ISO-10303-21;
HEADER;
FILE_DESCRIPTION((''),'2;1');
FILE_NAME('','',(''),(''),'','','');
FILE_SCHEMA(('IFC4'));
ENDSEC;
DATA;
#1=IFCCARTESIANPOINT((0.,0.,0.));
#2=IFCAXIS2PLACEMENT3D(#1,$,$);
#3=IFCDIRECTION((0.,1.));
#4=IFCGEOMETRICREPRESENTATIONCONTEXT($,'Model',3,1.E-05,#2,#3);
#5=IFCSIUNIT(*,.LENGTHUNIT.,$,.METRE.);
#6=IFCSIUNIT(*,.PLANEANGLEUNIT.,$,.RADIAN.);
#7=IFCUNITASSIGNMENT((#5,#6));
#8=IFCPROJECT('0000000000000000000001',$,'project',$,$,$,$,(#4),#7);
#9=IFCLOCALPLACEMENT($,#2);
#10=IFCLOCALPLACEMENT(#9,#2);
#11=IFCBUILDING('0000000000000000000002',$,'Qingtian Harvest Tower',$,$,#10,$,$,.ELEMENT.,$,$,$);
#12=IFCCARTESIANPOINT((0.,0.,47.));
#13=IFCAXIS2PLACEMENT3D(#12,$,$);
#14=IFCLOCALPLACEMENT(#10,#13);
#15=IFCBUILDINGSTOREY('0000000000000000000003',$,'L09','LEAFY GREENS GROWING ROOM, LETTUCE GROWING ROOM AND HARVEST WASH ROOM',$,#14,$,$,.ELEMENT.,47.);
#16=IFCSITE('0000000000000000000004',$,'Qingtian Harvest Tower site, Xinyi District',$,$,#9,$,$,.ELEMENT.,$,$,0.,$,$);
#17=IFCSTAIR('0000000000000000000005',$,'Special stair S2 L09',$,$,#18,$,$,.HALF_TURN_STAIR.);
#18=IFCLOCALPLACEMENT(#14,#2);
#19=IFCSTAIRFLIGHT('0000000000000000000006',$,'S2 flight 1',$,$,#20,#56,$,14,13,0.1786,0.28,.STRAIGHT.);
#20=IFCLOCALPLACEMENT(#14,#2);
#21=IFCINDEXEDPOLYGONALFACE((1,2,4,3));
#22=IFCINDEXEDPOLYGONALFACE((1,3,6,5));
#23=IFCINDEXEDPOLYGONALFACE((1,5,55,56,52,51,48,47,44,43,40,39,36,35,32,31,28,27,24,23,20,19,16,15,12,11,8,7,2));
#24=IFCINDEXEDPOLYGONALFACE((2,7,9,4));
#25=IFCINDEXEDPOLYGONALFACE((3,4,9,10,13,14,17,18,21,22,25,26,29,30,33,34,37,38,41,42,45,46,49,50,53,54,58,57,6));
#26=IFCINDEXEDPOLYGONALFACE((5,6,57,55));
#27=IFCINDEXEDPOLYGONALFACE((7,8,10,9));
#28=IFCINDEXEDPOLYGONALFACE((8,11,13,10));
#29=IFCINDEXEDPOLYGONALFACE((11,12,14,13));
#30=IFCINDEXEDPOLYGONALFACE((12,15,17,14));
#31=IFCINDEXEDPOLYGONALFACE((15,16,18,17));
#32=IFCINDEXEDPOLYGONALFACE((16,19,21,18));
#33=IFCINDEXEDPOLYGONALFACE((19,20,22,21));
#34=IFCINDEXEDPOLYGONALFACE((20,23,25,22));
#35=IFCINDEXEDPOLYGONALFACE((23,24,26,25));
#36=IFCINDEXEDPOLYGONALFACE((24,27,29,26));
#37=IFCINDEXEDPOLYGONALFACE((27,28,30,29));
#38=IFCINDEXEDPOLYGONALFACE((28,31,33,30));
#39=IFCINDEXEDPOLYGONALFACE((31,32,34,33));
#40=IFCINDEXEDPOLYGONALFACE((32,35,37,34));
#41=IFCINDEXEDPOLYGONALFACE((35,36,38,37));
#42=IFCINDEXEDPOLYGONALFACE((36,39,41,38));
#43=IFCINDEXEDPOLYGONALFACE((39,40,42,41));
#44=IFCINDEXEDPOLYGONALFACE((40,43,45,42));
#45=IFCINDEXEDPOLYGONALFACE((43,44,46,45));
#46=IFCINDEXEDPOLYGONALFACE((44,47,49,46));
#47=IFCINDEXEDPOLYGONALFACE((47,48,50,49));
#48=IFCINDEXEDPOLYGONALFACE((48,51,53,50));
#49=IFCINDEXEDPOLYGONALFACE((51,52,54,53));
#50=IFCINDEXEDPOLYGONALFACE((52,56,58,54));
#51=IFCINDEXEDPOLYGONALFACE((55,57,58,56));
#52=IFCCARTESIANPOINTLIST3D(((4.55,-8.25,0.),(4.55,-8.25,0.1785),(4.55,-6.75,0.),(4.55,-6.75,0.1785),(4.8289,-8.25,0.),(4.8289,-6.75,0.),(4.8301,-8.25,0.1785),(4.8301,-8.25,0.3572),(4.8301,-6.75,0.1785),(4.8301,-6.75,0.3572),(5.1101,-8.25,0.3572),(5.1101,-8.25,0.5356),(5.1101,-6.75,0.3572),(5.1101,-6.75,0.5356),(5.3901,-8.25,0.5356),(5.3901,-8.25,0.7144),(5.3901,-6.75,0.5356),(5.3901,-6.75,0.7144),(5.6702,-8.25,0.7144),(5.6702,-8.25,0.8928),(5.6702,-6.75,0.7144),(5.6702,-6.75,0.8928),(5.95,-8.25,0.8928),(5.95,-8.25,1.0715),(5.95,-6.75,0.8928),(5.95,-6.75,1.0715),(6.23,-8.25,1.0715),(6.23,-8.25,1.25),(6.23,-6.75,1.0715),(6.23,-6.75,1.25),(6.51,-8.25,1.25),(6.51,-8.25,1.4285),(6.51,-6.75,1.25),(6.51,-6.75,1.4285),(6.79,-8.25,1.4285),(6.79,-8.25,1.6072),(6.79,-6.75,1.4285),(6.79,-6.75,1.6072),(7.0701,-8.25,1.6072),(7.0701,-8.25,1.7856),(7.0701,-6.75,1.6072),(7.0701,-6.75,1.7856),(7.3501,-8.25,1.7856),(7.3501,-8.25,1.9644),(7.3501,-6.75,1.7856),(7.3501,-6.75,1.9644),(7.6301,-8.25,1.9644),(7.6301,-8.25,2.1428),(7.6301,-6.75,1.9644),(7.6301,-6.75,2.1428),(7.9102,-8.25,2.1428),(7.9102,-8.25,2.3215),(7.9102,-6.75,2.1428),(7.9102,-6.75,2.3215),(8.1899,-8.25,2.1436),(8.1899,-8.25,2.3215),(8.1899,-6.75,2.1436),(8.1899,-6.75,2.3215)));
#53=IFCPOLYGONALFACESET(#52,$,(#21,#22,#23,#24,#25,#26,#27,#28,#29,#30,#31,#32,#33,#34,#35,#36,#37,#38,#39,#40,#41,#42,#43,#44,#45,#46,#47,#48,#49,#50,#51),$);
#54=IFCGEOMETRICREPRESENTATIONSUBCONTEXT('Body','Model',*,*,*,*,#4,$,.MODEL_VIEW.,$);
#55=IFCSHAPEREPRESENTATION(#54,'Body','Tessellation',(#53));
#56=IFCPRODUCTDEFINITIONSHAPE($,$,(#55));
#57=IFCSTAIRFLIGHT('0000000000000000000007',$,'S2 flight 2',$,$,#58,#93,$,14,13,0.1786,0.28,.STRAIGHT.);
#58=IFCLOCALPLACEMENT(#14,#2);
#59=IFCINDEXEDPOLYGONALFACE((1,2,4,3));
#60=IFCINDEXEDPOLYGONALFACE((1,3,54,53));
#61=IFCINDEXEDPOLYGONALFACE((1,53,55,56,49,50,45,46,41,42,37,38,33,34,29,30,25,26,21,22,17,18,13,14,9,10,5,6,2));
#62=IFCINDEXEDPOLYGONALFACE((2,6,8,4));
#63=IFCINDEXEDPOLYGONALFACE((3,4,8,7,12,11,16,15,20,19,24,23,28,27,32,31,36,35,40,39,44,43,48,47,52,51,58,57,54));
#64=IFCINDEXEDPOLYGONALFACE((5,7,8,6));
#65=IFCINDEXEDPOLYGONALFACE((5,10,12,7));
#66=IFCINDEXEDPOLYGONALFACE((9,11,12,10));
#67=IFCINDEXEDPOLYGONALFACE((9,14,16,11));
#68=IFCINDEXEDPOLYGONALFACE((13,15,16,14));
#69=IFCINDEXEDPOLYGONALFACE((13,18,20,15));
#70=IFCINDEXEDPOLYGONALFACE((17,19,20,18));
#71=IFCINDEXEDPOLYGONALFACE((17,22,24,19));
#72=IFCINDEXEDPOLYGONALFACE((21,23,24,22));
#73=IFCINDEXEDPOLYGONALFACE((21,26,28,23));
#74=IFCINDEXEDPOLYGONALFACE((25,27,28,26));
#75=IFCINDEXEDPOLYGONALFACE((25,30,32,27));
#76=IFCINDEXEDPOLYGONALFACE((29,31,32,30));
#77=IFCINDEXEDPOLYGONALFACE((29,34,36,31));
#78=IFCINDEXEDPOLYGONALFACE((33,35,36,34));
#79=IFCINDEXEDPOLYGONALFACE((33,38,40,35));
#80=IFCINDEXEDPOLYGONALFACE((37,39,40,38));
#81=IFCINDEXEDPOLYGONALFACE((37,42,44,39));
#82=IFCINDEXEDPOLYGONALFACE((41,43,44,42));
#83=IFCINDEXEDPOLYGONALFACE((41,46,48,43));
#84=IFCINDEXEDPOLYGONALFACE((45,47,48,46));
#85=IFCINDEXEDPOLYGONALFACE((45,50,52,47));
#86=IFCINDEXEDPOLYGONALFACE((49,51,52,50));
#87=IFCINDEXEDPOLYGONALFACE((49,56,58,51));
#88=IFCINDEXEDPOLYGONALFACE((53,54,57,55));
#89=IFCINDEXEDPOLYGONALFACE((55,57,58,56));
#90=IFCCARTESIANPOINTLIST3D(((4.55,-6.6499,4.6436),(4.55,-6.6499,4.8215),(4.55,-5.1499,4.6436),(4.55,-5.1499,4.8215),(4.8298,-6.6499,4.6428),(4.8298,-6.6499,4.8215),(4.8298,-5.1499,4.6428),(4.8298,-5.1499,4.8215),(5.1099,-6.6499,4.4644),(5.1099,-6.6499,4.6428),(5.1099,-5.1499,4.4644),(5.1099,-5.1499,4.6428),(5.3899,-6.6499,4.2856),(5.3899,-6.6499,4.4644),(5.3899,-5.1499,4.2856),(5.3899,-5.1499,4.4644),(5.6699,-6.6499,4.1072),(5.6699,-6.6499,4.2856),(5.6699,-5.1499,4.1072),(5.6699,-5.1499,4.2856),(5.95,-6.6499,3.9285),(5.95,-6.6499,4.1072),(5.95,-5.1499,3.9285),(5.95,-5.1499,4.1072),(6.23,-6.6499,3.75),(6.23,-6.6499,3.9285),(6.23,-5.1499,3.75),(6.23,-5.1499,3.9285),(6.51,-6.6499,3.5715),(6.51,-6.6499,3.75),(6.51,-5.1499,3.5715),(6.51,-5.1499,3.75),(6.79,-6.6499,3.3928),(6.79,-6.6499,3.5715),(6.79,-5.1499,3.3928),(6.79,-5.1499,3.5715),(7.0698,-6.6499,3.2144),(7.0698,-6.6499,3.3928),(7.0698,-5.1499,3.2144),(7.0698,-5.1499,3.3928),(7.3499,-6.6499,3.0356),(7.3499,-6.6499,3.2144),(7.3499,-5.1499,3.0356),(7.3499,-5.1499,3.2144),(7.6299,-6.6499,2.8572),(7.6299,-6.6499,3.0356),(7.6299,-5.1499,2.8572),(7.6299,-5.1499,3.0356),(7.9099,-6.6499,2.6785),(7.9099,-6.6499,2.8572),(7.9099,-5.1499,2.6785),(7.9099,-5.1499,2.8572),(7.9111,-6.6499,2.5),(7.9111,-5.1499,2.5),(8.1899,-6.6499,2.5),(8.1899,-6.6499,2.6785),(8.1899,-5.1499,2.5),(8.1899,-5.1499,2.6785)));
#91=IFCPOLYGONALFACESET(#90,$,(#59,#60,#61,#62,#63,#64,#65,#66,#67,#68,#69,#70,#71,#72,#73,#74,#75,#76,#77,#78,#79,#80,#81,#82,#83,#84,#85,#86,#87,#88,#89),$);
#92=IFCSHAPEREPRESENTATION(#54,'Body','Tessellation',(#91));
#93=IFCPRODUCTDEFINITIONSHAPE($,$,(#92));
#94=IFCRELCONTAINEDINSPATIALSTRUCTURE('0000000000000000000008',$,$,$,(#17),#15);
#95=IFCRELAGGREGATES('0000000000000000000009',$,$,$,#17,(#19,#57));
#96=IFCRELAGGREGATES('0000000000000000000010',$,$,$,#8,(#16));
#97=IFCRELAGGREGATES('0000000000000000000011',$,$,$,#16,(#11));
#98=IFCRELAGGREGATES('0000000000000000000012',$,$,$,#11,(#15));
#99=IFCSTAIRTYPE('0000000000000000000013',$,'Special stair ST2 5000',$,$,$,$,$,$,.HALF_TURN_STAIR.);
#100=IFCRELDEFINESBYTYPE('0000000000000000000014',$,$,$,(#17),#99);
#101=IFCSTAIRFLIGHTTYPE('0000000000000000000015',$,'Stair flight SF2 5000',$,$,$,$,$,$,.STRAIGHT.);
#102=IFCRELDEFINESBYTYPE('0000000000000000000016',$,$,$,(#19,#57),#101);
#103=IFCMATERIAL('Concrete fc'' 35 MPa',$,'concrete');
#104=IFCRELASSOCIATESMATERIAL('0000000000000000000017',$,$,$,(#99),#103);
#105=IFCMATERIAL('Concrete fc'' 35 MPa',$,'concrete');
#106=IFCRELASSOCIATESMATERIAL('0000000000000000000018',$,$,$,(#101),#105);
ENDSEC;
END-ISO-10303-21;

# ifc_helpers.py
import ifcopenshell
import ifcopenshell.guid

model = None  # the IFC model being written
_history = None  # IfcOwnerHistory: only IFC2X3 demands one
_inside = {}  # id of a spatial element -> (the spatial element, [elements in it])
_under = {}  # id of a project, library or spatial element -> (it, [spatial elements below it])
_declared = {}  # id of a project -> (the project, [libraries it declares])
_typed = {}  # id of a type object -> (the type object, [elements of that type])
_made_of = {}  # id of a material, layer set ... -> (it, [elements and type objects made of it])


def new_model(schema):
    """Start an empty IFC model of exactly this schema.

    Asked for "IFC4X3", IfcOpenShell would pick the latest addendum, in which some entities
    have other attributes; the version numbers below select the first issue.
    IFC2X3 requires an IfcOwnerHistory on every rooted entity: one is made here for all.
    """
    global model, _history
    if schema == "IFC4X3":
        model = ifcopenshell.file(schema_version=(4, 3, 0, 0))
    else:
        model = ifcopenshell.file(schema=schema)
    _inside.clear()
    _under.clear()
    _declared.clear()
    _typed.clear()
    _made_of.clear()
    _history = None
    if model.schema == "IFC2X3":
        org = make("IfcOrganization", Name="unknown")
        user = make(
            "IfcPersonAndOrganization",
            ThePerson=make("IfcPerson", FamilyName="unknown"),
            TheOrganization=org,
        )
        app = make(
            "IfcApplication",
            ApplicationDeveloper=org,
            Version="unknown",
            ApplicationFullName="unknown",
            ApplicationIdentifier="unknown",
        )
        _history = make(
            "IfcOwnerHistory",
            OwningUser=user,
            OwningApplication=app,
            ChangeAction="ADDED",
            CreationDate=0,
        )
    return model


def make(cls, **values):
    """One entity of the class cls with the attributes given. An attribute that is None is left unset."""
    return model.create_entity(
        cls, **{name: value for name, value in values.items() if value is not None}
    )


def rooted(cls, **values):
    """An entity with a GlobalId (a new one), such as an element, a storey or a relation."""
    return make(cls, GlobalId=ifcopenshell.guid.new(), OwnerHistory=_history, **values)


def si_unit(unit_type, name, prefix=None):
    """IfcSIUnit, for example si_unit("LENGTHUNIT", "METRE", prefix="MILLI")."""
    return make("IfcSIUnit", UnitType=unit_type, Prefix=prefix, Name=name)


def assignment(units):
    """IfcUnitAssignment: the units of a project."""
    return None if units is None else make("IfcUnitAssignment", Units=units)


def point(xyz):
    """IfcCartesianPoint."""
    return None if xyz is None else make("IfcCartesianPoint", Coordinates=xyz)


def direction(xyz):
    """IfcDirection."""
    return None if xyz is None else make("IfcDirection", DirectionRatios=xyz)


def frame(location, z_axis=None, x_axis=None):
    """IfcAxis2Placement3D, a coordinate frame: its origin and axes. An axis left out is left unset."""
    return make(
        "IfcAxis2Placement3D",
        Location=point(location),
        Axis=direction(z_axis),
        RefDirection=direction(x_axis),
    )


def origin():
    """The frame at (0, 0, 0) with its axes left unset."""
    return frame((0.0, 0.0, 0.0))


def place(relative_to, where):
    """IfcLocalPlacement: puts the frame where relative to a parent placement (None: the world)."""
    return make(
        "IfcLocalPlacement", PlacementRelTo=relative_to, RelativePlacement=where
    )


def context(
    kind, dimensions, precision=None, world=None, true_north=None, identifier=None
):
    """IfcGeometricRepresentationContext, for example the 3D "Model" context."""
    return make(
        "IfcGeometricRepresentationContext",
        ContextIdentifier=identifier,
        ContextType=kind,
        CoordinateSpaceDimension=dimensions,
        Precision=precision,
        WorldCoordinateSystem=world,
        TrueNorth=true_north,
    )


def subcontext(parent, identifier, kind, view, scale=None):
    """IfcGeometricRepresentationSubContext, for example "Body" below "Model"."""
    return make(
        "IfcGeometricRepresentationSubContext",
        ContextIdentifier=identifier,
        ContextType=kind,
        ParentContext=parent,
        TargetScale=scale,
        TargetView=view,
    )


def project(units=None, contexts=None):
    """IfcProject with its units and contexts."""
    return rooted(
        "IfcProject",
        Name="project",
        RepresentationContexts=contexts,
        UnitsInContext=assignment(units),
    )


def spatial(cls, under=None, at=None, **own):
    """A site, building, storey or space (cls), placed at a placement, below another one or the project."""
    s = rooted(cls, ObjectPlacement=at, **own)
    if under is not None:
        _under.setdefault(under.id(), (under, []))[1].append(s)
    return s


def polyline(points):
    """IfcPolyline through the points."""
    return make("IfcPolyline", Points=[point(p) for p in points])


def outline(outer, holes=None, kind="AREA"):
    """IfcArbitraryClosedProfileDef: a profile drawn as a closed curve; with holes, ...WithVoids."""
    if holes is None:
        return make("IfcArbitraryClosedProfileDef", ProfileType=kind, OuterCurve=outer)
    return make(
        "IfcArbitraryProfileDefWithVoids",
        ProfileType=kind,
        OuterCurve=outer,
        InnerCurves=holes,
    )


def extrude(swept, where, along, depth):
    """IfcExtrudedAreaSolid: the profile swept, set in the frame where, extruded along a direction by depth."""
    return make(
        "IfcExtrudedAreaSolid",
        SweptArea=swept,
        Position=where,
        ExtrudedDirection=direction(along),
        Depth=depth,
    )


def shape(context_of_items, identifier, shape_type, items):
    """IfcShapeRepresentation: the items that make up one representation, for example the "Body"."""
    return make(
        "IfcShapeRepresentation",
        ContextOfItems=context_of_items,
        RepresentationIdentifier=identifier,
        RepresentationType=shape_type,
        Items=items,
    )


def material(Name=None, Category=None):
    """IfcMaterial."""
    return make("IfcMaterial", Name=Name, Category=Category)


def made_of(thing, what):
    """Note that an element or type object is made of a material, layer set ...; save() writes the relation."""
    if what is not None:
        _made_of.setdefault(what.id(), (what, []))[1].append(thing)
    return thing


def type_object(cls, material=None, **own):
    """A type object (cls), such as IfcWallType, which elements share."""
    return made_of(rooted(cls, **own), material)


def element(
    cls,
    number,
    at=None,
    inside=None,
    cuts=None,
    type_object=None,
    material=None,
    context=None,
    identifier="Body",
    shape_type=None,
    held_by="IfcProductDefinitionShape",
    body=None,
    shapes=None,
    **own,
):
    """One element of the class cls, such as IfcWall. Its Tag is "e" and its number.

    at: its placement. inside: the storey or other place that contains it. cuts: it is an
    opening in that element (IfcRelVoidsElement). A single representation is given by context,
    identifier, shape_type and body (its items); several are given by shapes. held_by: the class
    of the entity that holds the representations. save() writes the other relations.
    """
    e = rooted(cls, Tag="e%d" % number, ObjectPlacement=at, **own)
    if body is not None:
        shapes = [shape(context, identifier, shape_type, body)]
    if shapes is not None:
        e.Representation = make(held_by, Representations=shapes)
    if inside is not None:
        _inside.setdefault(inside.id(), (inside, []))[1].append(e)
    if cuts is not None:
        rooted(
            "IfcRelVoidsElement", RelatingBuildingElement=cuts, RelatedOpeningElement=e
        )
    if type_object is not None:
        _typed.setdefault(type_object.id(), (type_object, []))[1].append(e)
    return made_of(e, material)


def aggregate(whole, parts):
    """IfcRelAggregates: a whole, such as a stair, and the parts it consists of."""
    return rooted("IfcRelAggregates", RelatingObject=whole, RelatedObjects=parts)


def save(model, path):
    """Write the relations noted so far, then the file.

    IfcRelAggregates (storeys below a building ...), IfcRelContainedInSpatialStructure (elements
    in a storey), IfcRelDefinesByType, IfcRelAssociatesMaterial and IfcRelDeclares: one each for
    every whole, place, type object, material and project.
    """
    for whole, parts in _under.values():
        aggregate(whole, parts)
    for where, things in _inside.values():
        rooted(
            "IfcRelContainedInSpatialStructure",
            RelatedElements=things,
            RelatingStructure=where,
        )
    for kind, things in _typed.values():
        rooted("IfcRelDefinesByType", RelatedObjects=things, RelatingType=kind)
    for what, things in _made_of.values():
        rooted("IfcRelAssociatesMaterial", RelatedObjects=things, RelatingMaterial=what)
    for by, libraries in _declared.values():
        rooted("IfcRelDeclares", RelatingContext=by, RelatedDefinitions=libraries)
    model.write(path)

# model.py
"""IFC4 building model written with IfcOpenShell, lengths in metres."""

from ifc_helpers import new_model, si_unit, direction, frame, origin, place, context, subcontext, project, spatial, polyline, outline, extrude, material, type_object, element, aggregate, save


model = new_model("IFC4")

# Units and contexts
model_context = context("Model", 3, precision=1e-05, world=origin(), true_north=direction((0.0, 1.0)))
body_context = subcontext(model_context, "Body", "Model", "MODEL_VIEW")
ifc_project = project(units=[si_unit("LENGTHUNIT", "METRE"), si_unit("PLANEANGLEUNIT", "RADIAN")], contexts=[model_context])

# Site, building, storey
site_placement = place(None, origin())
site = spatial("IfcSite", under=ifc_project, at=site_placement, Name="Qingtian Harvest Tower site, Xinyi District", CompositionType="ELEMENT", RefElevation=0.0)
building_placement = place(site_placement, origin())
building = spatial("IfcBuilding", under=site, at=building_placement, Name="Qingtian Harvest Tower", CompositionType="ELEMENT")
storey_placement = place(building_placement, frame((0.0, 0.0, 47.0)))
storey = spatial("IfcBuildingStorey", under=building, at=storey_placement, Name="L09", Description="LEAFY GREENS GROWING ROOM, LETTUCE GROWING ROOM AND HARVEST WASH ROOM", CompositionType="ELEMENT", Elevation=47.0)

# Stair, stair flights
ifc_material_1 = material(Name="Concrete fc' 35 MPa", Category="concrete")
stair_type = type_object("IfcStairType", Name="Special stair ST2 5000", PredefinedType="HALF_TURN_STAIR", material=ifc_material_1)
stair_placement = place(storey_placement, origin())
stair = element("IfcStair", 1, at=stair_placement, inside=storey, type_object=stair_type, Name="Special stair S2 L09", PredefinedType="HALF_TURN_STAIR")
ifc_material_2 = material(Name="Concrete fc' 35 MPa", Category="concrete")
stair_flight_type = type_object("IfcStairFlightType", Name="Stair flight SF2 5000", PredefinedType="STRAIGHT", material=ifc_material_2)
stair_flight_1_placement = place(storey_placement, frame((4.55, -7.5, 0.0), z_axis=(0.0, 0.0, 1.0), x_axis=(1.0, 0.0, 0.0)))
stair_flight_1 = element("IfcStairFlight", 2, at=stair_flight_1_placement, type_object=stair_flight_type, Name="S2 flight 1", NumberOfRisers=14, NumberOfTreads=13, PredefinedType="STRAIGHT", RiserHeight=0.1786, TreadLength=0.28, context=body_context, shape_type="SweptSolid", body=[
    extrude(outline(polyline([(0.0, 0.0), (0.0, 0.1785), (0.28, 0.1785), (0.28, 0.3572), (0.5601, 0.3572), (0.5601, 0.5356), (0.8401, 0.5356), (0.8401, 0.7144), (1.1201, 0.7144), (1.1201, 0.8928), (1.3999, 0.8928), (1.3999, 1.0715), (1.6799, 1.0715), (1.6799, 1.25), (1.96, 1.25), (1.96, 1.4285), (2.24, 1.4285), (2.24, 1.6072), (2.52, 1.6072), (2.52, 1.7856), (2.8, 1.7856), (2.8, 1.9644), (3.0801, 1.9644), (3.0801, 2.1428), (3.3601, 2.1428), (3.3601, 2.3215), (3.6399, 2.3215), (3.6399, 2.5), (3.6399, 2.1436), (0.2788, 0.0), (0.0, 0.0)])), frame((0.0, 0.75, 0.0), z_axis=(0.0, -1.0, 0.0), x_axis=(1.0, 0.0, 0.0)), (0.0, 0.0, 1.0), 1.5),
])
stair_flight_2_placement = place(storey_placement, frame((8.1899, -5.8999, 2.5), z_axis=(0.0, 0.0, 1.0), x_axis=(-1.0, 0.0, 0.0)))
stair_flight_2 = element("IfcStairFlight", 3, at=stair_flight_2_placement, type_object=stair_flight_type, Name="S2 flight 2", NumberOfRisers=14, NumberOfTreads=13, PredefinedType="STRAIGHT", RiserHeight=0.1786, TreadLength=0.28, context=body_context, shape_type="SweptSolid", body=[
    extrude(outline(polyline([(0.0, 0.0), (0.0, 0.1785), (0.28, 0.1785), (0.28, 0.3572), (0.5601, 0.3572), (0.5601, 0.5356), (0.8401, 0.5356), (0.8401, 0.7144), (1.1201, 0.7144), (1.1201, 0.8928), (1.3999, 0.8928), (1.3999, 1.0715), (1.6799, 1.0715), (1.6799, 1.25), (1.96, 1.25), (1.96, 1.4285), (2.24, 1.4285), (2.24, 1.6072), (2.52, 1.6072), (2.52, 1.7856), (2.8, 1.7856), (2.8, 1.9644), (3.0801, 1.9644), (3.0801, 2.1428), (3.3601, 2.1428), (3.3601, 2.3215), (3.6399, 2.3215), (3.6399, 2.5), (3.6399, 2.1436), (0.2788, 0.0), (0.0, 0.0)])), frame((0.0, 0.75, 0.0), z_axis=(0.0, -1.0, 0.0), x_axis=(1.0, 0.0, 0.0)), (0.0, 0.0, 1.0), 1.5),
])
aggregate(stair, [stair_flight_1, stair_flight_2])

save(model, "model.ifc")
